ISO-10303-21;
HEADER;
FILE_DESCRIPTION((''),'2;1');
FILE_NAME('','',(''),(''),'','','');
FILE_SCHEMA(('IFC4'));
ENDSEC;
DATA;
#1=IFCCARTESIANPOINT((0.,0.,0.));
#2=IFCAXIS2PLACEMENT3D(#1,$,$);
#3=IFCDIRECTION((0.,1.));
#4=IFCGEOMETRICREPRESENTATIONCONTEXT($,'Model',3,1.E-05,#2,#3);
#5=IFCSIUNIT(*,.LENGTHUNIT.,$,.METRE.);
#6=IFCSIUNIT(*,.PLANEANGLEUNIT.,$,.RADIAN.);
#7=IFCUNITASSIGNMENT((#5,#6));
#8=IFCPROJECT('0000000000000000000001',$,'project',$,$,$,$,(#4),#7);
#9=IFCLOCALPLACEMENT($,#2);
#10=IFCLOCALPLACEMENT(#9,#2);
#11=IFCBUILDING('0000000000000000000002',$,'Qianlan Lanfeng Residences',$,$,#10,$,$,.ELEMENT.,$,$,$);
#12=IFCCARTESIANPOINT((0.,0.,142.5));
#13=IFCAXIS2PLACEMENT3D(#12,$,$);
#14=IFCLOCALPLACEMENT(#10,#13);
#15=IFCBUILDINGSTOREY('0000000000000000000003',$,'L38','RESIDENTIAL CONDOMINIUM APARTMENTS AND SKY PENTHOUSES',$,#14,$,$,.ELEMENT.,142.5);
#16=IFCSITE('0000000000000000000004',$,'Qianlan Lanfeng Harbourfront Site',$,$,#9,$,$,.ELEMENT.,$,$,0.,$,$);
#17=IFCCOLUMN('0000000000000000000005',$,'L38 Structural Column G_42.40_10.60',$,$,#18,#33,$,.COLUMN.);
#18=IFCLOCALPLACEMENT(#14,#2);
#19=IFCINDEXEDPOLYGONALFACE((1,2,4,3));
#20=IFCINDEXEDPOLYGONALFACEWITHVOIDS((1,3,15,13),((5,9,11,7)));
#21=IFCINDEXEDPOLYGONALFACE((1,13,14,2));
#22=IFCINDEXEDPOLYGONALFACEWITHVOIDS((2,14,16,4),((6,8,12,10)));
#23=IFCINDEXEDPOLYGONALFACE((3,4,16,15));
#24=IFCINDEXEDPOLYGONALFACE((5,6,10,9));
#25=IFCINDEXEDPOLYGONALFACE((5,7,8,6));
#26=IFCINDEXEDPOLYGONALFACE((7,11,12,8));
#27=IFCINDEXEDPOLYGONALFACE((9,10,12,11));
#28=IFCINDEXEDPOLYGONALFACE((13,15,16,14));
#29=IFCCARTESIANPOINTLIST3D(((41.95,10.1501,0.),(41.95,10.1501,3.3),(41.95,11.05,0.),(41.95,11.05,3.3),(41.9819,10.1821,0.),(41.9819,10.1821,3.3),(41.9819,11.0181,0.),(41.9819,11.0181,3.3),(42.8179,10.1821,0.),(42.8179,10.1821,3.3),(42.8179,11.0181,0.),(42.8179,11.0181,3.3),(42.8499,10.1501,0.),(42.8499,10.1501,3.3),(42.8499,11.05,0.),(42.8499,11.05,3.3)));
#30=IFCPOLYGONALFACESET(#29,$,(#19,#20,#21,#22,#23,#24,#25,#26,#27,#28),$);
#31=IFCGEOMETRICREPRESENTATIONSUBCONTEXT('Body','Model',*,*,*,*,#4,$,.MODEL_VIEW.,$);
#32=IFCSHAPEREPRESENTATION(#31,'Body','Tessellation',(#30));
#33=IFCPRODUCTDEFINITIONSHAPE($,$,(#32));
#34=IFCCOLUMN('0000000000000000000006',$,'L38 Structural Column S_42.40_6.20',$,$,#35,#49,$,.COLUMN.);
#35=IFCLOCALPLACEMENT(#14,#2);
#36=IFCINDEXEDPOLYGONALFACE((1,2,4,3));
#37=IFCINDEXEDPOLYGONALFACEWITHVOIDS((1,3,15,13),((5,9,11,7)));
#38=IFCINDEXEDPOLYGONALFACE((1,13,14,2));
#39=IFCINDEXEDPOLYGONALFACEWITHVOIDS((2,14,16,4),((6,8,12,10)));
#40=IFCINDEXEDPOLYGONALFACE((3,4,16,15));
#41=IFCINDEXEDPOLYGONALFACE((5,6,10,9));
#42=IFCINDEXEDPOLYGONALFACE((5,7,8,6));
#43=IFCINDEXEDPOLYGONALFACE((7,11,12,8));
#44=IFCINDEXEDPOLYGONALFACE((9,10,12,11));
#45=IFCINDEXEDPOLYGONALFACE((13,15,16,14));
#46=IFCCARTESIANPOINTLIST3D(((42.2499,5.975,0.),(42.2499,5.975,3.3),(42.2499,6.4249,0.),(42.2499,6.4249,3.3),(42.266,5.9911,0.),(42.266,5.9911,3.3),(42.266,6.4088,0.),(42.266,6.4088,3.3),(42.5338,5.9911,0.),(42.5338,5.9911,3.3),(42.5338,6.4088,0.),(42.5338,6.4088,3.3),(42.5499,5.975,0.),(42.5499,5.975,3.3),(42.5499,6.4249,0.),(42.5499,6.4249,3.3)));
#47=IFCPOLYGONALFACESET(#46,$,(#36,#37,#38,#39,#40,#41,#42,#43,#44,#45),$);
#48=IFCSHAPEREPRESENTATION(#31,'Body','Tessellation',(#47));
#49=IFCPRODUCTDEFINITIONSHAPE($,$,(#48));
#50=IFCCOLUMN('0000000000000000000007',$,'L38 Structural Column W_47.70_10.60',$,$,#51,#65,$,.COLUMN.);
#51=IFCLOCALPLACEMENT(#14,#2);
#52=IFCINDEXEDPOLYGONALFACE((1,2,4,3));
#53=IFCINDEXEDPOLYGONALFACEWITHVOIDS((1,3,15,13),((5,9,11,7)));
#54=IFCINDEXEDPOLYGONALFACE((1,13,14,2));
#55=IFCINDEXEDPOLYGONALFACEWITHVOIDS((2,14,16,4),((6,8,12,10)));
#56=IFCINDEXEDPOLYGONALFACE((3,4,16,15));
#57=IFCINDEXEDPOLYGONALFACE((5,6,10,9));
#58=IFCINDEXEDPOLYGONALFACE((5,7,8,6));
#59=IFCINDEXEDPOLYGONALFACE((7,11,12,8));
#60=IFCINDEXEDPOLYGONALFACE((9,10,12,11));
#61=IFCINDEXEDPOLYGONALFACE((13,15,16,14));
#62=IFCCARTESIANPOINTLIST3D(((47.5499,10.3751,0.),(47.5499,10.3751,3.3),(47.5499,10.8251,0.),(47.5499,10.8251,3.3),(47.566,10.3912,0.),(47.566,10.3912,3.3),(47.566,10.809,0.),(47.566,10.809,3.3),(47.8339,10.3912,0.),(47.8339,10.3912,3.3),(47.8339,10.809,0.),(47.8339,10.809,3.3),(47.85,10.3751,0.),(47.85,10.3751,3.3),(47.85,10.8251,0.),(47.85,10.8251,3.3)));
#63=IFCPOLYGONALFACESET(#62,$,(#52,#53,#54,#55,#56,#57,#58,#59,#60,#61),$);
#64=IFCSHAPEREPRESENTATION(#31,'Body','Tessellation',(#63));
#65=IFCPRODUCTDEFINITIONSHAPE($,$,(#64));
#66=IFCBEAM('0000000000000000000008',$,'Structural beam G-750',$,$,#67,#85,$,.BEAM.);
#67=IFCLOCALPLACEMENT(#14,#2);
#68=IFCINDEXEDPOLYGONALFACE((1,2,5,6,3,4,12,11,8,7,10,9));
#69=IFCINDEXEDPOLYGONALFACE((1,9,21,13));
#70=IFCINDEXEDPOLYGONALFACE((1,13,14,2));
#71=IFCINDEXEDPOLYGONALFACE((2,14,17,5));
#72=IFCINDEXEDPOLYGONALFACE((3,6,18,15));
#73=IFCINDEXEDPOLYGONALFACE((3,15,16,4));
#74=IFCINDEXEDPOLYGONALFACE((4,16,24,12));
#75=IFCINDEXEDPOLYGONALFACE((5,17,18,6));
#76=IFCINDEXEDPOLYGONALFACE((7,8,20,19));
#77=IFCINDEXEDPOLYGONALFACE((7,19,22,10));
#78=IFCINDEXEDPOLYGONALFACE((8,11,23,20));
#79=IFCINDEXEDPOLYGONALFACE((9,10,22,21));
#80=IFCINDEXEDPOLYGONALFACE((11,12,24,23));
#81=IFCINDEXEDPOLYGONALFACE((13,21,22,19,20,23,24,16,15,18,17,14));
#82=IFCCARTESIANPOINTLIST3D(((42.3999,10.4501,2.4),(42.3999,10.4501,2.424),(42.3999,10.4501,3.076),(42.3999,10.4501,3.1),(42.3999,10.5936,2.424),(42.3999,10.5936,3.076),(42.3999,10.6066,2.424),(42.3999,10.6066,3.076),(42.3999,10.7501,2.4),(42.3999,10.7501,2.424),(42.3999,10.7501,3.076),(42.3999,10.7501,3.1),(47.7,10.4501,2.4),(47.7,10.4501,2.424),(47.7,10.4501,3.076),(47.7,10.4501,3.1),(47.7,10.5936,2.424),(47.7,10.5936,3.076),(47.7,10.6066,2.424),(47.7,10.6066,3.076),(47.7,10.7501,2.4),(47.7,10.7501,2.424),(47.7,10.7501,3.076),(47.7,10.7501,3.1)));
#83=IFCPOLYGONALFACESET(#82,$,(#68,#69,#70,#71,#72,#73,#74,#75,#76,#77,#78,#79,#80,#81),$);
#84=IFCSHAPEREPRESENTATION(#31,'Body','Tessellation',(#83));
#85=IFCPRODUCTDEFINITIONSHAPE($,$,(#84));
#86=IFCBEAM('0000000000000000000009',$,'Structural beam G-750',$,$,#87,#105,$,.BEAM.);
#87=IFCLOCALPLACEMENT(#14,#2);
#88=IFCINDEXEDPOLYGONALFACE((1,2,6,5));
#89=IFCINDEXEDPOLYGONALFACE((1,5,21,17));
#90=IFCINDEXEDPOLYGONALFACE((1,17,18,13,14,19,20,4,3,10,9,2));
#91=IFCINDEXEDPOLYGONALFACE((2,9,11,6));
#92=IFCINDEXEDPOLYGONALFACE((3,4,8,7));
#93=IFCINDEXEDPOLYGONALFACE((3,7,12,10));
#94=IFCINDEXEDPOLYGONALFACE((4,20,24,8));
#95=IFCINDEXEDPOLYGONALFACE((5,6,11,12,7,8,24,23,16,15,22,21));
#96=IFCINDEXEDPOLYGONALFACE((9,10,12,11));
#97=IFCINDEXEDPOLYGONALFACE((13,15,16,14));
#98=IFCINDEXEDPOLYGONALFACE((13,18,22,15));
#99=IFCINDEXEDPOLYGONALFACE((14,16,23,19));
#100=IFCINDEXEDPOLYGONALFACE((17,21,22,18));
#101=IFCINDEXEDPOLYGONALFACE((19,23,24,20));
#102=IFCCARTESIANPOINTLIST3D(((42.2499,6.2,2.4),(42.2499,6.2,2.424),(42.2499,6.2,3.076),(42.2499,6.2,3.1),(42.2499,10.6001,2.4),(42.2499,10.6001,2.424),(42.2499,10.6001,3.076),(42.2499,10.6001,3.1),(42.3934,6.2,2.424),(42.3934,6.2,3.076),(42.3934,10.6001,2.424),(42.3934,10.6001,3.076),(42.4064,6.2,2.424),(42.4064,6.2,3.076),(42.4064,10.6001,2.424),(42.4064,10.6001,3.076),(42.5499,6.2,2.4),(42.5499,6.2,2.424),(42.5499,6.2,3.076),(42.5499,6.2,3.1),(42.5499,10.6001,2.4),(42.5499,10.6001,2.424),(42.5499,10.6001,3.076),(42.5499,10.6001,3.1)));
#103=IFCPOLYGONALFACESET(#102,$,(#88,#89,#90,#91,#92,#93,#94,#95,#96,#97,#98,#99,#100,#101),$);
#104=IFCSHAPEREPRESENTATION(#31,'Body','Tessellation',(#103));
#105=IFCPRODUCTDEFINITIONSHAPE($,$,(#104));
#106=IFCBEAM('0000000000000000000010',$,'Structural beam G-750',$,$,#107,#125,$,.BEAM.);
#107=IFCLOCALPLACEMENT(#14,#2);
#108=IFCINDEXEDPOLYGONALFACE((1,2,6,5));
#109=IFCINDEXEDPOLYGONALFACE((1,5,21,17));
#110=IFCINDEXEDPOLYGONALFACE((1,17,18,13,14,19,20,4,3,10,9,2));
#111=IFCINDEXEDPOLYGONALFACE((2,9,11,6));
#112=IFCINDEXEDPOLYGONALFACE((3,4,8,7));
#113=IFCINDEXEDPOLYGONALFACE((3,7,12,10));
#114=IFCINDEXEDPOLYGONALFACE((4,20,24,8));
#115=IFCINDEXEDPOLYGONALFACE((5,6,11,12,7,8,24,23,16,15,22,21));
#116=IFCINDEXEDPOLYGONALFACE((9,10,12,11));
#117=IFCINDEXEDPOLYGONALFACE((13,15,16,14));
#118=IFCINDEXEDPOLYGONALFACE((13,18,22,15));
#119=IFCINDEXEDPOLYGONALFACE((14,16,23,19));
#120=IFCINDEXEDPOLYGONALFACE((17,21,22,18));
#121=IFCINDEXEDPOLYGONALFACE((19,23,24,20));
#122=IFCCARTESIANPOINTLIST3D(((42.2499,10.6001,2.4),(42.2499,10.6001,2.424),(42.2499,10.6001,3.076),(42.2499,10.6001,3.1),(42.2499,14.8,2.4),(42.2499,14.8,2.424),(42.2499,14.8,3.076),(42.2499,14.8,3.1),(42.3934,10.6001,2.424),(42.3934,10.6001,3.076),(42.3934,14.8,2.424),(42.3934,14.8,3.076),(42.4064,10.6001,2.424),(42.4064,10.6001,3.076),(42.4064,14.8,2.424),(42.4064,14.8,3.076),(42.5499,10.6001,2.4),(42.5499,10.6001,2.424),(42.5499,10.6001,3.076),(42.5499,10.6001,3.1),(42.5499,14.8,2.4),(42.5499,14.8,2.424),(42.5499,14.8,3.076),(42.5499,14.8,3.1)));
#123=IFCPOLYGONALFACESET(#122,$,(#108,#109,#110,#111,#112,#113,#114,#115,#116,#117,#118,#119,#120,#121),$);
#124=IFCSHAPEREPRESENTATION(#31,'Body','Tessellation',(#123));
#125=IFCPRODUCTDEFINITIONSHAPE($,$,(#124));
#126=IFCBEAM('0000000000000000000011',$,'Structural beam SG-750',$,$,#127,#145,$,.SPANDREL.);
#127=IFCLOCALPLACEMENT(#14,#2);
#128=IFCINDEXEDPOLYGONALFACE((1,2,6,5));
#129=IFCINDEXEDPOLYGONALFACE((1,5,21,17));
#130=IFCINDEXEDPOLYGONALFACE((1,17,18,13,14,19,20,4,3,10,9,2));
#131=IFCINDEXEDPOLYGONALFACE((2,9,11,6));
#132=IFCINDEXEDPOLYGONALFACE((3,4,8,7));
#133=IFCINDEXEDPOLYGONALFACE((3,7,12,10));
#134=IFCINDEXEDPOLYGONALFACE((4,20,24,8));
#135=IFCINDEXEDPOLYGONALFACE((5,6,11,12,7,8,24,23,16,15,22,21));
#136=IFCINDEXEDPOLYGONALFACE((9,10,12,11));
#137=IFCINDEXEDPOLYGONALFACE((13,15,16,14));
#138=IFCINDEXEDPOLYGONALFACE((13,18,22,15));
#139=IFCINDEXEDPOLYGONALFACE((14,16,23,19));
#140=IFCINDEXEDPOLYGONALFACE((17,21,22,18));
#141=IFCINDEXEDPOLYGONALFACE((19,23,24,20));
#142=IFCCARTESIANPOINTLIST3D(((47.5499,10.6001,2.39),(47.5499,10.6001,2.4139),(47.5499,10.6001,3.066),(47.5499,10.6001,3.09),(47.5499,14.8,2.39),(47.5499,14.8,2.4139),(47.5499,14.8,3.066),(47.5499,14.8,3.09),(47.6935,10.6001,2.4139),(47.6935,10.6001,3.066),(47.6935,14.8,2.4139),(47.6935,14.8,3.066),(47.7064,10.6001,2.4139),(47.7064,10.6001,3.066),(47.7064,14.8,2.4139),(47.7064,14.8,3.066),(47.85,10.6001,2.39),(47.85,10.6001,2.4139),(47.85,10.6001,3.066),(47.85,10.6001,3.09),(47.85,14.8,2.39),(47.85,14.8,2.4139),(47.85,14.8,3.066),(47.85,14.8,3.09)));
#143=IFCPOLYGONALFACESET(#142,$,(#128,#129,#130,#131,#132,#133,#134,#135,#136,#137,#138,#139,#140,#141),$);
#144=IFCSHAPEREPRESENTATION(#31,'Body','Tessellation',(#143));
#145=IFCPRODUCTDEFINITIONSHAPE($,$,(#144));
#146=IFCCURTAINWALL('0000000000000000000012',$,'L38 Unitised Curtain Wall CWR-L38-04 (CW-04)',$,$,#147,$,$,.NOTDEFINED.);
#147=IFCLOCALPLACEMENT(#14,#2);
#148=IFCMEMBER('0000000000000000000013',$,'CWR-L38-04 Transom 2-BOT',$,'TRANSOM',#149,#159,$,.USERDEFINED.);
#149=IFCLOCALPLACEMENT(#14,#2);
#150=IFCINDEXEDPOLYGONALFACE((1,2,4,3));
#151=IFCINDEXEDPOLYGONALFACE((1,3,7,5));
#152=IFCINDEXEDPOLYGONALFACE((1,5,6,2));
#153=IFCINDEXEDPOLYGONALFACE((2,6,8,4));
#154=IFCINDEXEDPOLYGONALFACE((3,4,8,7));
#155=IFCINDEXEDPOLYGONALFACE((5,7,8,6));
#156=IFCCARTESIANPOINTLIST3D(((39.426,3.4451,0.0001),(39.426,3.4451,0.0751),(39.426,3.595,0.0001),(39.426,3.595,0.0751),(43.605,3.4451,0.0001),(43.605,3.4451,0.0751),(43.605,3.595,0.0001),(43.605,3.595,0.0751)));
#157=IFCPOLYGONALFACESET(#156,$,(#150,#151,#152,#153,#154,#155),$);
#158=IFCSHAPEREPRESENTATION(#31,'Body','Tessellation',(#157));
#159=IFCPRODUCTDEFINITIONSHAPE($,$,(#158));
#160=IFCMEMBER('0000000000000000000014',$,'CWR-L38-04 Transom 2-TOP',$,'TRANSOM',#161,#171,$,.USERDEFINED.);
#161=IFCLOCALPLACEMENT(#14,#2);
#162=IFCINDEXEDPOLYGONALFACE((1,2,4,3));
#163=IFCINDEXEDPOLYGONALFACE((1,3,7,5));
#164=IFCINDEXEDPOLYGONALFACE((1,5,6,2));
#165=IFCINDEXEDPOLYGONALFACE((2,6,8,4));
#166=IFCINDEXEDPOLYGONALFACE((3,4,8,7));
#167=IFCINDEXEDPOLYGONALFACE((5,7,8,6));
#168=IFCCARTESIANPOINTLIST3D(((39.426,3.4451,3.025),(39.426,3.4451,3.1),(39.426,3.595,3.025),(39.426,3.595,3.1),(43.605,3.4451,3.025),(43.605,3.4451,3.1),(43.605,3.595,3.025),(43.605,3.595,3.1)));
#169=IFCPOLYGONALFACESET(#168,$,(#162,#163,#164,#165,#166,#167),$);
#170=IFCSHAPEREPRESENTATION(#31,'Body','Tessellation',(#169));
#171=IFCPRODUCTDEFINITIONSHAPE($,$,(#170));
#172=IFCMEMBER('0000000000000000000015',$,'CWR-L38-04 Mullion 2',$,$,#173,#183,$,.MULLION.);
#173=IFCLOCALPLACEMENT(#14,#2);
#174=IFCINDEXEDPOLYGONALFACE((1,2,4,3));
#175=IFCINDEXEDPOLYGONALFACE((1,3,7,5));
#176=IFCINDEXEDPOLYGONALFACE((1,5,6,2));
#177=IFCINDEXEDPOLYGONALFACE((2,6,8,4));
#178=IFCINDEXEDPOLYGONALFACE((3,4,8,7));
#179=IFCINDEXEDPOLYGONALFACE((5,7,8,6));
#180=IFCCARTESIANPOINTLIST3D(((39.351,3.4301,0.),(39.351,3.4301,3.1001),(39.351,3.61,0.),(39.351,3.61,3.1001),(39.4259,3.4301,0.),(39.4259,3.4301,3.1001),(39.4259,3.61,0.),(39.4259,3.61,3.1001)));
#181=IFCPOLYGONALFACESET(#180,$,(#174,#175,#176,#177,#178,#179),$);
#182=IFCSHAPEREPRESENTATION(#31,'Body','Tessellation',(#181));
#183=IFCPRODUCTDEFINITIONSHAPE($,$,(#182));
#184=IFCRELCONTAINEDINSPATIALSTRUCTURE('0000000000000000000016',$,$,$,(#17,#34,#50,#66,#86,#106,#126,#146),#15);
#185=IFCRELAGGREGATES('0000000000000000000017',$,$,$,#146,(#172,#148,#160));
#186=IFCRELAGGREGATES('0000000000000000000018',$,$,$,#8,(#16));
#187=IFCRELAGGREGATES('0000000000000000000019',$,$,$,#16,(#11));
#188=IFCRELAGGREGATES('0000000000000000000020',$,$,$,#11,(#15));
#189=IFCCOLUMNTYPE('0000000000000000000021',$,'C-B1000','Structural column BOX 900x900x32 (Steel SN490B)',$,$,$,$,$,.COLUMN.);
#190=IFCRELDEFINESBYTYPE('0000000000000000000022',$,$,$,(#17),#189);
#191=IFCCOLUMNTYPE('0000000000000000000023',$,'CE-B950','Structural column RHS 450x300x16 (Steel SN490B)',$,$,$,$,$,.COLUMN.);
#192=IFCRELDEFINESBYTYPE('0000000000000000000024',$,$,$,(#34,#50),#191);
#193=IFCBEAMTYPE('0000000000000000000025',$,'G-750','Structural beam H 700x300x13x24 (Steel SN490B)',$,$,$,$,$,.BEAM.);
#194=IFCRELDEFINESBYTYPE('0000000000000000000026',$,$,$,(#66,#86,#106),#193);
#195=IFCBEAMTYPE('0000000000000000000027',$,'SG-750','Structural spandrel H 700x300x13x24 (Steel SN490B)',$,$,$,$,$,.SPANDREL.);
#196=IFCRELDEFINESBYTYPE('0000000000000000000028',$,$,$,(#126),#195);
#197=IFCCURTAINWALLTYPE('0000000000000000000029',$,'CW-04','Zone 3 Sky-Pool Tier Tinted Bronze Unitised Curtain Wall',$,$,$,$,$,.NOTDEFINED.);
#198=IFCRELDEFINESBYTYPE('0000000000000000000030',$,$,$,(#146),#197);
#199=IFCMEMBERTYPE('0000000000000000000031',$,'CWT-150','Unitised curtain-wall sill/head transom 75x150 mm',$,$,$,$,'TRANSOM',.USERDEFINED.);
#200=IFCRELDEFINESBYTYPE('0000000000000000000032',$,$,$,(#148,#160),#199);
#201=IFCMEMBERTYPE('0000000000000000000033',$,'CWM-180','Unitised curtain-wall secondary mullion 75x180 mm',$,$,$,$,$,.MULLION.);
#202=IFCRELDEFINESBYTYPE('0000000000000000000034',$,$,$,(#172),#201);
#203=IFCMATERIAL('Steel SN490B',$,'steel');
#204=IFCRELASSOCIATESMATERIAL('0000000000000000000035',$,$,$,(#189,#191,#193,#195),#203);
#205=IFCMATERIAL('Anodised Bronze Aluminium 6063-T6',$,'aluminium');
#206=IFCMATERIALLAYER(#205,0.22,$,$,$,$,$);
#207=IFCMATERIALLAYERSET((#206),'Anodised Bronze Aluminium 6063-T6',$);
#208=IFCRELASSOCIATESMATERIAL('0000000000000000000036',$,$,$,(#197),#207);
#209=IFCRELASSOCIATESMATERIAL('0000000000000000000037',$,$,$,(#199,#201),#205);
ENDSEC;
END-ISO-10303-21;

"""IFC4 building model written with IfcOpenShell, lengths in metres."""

from ifc_helpers import new_model, si_unit, direction, frame, origin, origin_2d, place, context, subcontext, project, spatial, rectangle, hollow_rectangle, i_section, extrude, source, transform, mapped, material, layer, layer_set, material_profile, profile_set, type_object, element, aggregate, save


model = new_model("IFC4")

# Units and contexts
model_context = context("Model", 3, precision=1e-05, world=origin(), true_north=direction((0.0, 1.0)))
body_context = subcontext(model_context, "Body", "Model", "MODEL_VIEW")
ifc_project = project(units=[si_unit("LENGTHUNIT", "METRE"), si_unit("PLANEANGLEUNIT", "RADIAN")], contexts=[model_context])

# Site, building, storey
site_placement = place(None, origin())
site = spatial("IfcSite", under=ifc_project, at=site_placement, Name="Qianlan Lanfeng Harbourfront Site", CompositionType="ELEMENT", RefElevation=0.0)
building_placement = place(site_placement, origin())
building = spatial("IfcBuilding", under=site, at=building_placement, Name="Qianlan Lanfeng Residences", CompositionType="ELEMENT")
storey_placement = place(building_placement, frame((0.0, 0.0, 142.5)))
storey = spatial("IfcBuildingStorey", under=building, at=storey_placement, Name="L38", Description="RESIDENTIAL CONDOMINIUM APARTMENTS AND SKY PENTHOUSES", CompositionType="ELEMENT", Elevation=142.5)

# Columns
ifc_material_1 = material(Name="Steel SN490B", Category="steel")
ifc_material_profile_1 = material_profile(ifc_material_1, hollow_rectangle(XDim=0.8999, YDim=0.8999, WallThickness=0.032, at=origin_2d()), Name="BOX 900x900x32")
ifc_profile_set_1 = profile_set([ifc_material_profile_1], Name="Steel SN490B")
column_type_1 = type_object("IfcColumnType", Name="C-B1000", Description="Structural column BOX 900x900x32 (Steel SN490B)", PredefinedType="COLUMN", material=ifc_profile_set_1)
column_placement = place(storey_placement, frame((42.3999, 10.6001, 0.0), z_axis=(0.0, 0.0, 1.0), x_axis=(1.0, 0.0, 0.0)))
element("IfcColumn", 1, at=column_placement, inside=storey, type_object=column_type_1, Name="L38 Structural Column G_42.40_10.60", PredefinedType="COLUMN", context=body_context, shape_type="SweptSolid", body=[
    extrude(hollow_rectangle(XDim=0.8999, YDim=0.8999, WallThickness=0.032, at=origin_2d()), origin(), (0.0, 0.0, 1.0), 3.3),
])
ifc_material_profile_2 = material_profile(ifc_material_1, hollow_rectangle(XDim=0.3, YDim=0.45, WallThickness=0.0161, at=origin_2d()), Name="RHS 450x300x16")
ifc_profile_set_2 = profile_set([ifc_material_profile_2], Name="Steel SN490B")
column_type_2 = type_object("IfcColumnType", Name="CE-B950", Description="Structural column RHS 450x300x16 (Steel SN490B)", PredefinedType="COLUMN", material=ifc_profile_set_2)
for number, where, z_axis, x_axis, name in (
    (2, (42.3999, 6.2, 0.0), (0.0, 0.0, 1.0), (1.0, 0.0, 0.0), "L38 Structural Column S_42.40_6.20"),
    (3, (47.7, 10.6001, 0.0), (0.0, 0.0, 1.0), (1.0, 0.0, 0.0), "L38 Structural Column W_47.70_10.60"),
):
    element("IfcColumn", number, at=place(storey_placement, frame(where, z_axis=z_axis, x_axis=x_axis)), inside=storey, type_object=column_type_2, Name=name, PredefinedType="COLUMN", context=body_context, shape_type="SweptSolid", body=[
        extrude(hollow_rectangle(XDim=0.3, YDim=0.45, WallThickness=0.0161, at=origin_2d()), origin(), (0.0, 0.0, 1.0), 3.3),
    ])

# Beams
ifc_material_profile_3 = material_profile(ifc_material_1, i_section(OverallWidth=0.3, OverallDepth=0.7, WebThickness=0.0129, FlangeThickness=0.0239, at=origin_2d()), Name="H 700x300x13x24")
ifc_profile_set_3 = profile_set([ifc_material_profile_3], Name="Steel SN490B")
beam_type_1 = type_object("IfcBeamType", Name="G-750", Description="Structural beam H 700x300x13x24 (Steel SN490B)", PredefinedType="BEAM", material=ifc_profile_set_3)
beam_1_placement = place(storey_placement, frame((42.3999, 10.6001, 2.75), z_axis=(1.0, 0.0, 0.0), x_axis=(0.0, 1.0, 0.0)))
element("IfcBeam", 4, at=beam_1_placement, inside=storey, type_object=beam_type_1, Name="Structural beam G-750", PredefinedType="BEAM", context=body_context, shape_type="SweptSolid", body=[
    extrude(i_section(OverallWidth=0.3, OverallDepth=0.7, WebThickness=0.0129, FlangeThickness=0.0239, at=origin_2d()), origin(), (0.0, 0.0, 1.0), 5.3),
])
beam_2_placement = place(storey_placement, frame((42.3999, 6.2, 2.75), z_axis=(0.0, 1.0, 0.0), x_axis=(-1.0, 0.0, 0.0)))
element("IfcBeam", 5, at=beam_2_placement, inside=storey, type_object=beam_type_1, Name="Structural beam G-750", PredefinedType="BEAM", context=body_context, shape_type="SweptSolid", body=[
    extrude(i_section(OverallWidth=0.3, OverallDepth=0.7, WebThickness=0.0129, FlangeThickness=0.0239, at=origin_2d()), origin(), (0.0, 0.0, 1.0), 4.4001),
])
beam_3_placement = place(storey_placement, frame((42.3999, 10.6001, 2.75), z_axis=(0.0, 1.0, 0.0), x_axis=(-1.0, 0.0, 0.0)))
element("IfcBeam", 6, at=beam_3_placement, inside=storey, type_object=beam_type_1, Name="Structural beam G-750", PredefinedType="BEAM", context=body_context, shape_type="SweptSolid", body=[
    extrude(i_section(OverallWidth=0.3, OverallDepth=0.7, WebThickness=0.0129, FlangeThickness=0.0239, at=origin_2d()), origin(), (0.0, 0.0, 1.0), 4.2),
])
ifc_material_profile_4 = material_profile(ifc_material_1, i_section(OverallWidth=0.3, OverallDepth=0.7, WebThickness=0.0129, FlangeThickness=0.0239, at=origin_2d()), Name="H 700x300x13x24")
ifc_profile_set_4 = profile_set([ifc_material_profile_4], Name="Steel SN490B")
beam_type_2 = type_object("IfcBeamType", Name="SG-750", Description="Structural spandrel H 700x300x13x24 (Steel SN490B)", PredefinedType="SPANDREL", material=ifc_profile_set_4)
beam_4_placement = place(storey_placement, frame((47.7, 10.6001, 2.74), z_axis=(0.0, 1.0, 0.0), x_axis=(-1.0, 0.0, 0.0)))
element("IfcBeam", 7, at=beam_4_placement, inside=storey, type_object=beam_type_2, Name="Structural beam SG-750", PredefinedType="SPANDREL", context=body_context, shape_type="SweptSolid", body=[
    extrude(i_section(OverallWidth=0.3, OverallDepth=0.7, WebThickness=0.0129, FlangeThickness=0.0239, at=origin_2d()), origin(), (0.0, 0.0, 1.0), 4.2),
])

# Curtain wall, members
ifc_material_2 = material(Name="Anodised Bronze Aluminium 6063-T6", Category="aluminium")
ifc_layer_1 = layer(ifc_material_2, 0.22)
ifc_layer_set_1 = layer_set([ifc_layer_1], Name="Anodised Bronze Aluminium 6063-T6")
curtain_wall_type = type_object("IfcCurtainWallType", Name="CW-04", Description="Zone 3 Sky-Pool Tier Tinted Bronze Unitised Curtain Wall", PredefinedType="NOTDEFINED", material=ifc_layer_set_1)
curtain_wall_1_placement = place(storey_placement, origin())
curtain_wall_1 = element("IfcCurtainWall", 8, at=curtain_wall_1_placement, inside=storey, type_object=curtain_wall_type, Name="L38 Unitised Curtain Wall CWR-L38-04 (CW-04)", PredefinedType="NOTDEFINED")
ifc_material_profile_5 = material_profile(ifc_material_2, rectangle(XDim=0.075, YDim=0.1499, at=origin_2d()), Name="ALU TRANSOM 75x150")
ifc_profile_set_5 = profile_set([ifc_material_profile_5], Name="Anodised Bronze Aluminium 6063-T6")
member_type_1 = type_object("IfcMemberType", Name="CWT-150", Description="Unitised curtain-wall sill/head transom 75x150 mm", ElementType="TRANSOM", PredefinedType="USERDEFINED", material=ifc_profile_set_5)
shared_shape_1 = source(origin(), body_context, "Body", "SweptSolid", [
    extrude(rectangle(XDim=0.075, YDim=0.1499, at=origin_2d()), origin(), (0.0, 0.0, 1.0), 4.179),
])
member_1_placement = place(storey_placement, frame((39.426, 3.52, 0.0376), z_axis=(1.0, 0.0, 0.0), x_axis=(0.0, 0.0, 1.0)))
member_1 = element("IfcMember", 9, at=member_1_placement, type_object=member_type_1, Name="CWR-L38-04 Transom 2-BOT", ObjectType="TRANSOM", PredefinedType="USERDEFINED", context=body_context, shape_type="MappedRepresentation", body=[
    mapped(shared_shape_1, transform((0.0, 0.0, 0.0), scale=1.0)),
])
member_2_placement = place(storey_placement, frame((39.426, 3.52, 3.0625), z_axis=(1.0, 0.0, 0.0), x_axis=(0.0, 0.0, 1.0)))
member_2 = element("IfcMember", 10, at=member_2_placement, type_object=member_type_1, Name="CWR-L38-04 Transom 2-TOP", ObjectType="TRANSOM", PredefinedType="USERDEFINED", context=body_context, shape_type="MappedRepresentation", body=[
    mapped(shared_shape_1, transform((0.0, 0.0, 0.0), scale=1.0)),
])
ifc_material_profile_6 = material_profile(ifc_material_2, rectangle(XDim=0.075, YDim=0.1799, at=origin_2d()), Name="ALU MULLION 75x180")
ifc_profile_set_6 = profile_set([ifc_material_profile_6], Name="Anodised Bronze Aluminium 6063-T6")
member_type_2 = type_object("IfcMemberType", Name="CWM-180", Description="Unitised curtain-wall secondary mullion 75x180 mm", PredefinedType="MULLION", material=ifc_profile_set_6)
shared_shape_2 = source(origin(), body_context, "Body", "SweptSolid", [
    extrude(rectangle(XDim=0.075, YDim=0.1799, at=origin_2d()), origin(), (0.0, 0.0, 1.0), 3.1001),
])
member_3_placement = place(storey_placement, frame((39.3884, 3.52, 0.0), z_axis=(0.0, 0.0, 1.0), x_axis=(1.0, 0.0, 0.0)))
member_3 = element("IfcMember", 11, at=member_3_placement, type_object=member_type_2, Name="CWR-L38-04 Mullion 2", PredefinedType="MULLION", context=body_context, shape_type="MappedRepresentation", body=[
    mapped(shared_shape_2, transform((0.0, 0.0, 0.0), scale=1.0)),
])

aggregate(curtain_wall_1, [member_3, member_1, member_2])

save(model, "model.ifc")
